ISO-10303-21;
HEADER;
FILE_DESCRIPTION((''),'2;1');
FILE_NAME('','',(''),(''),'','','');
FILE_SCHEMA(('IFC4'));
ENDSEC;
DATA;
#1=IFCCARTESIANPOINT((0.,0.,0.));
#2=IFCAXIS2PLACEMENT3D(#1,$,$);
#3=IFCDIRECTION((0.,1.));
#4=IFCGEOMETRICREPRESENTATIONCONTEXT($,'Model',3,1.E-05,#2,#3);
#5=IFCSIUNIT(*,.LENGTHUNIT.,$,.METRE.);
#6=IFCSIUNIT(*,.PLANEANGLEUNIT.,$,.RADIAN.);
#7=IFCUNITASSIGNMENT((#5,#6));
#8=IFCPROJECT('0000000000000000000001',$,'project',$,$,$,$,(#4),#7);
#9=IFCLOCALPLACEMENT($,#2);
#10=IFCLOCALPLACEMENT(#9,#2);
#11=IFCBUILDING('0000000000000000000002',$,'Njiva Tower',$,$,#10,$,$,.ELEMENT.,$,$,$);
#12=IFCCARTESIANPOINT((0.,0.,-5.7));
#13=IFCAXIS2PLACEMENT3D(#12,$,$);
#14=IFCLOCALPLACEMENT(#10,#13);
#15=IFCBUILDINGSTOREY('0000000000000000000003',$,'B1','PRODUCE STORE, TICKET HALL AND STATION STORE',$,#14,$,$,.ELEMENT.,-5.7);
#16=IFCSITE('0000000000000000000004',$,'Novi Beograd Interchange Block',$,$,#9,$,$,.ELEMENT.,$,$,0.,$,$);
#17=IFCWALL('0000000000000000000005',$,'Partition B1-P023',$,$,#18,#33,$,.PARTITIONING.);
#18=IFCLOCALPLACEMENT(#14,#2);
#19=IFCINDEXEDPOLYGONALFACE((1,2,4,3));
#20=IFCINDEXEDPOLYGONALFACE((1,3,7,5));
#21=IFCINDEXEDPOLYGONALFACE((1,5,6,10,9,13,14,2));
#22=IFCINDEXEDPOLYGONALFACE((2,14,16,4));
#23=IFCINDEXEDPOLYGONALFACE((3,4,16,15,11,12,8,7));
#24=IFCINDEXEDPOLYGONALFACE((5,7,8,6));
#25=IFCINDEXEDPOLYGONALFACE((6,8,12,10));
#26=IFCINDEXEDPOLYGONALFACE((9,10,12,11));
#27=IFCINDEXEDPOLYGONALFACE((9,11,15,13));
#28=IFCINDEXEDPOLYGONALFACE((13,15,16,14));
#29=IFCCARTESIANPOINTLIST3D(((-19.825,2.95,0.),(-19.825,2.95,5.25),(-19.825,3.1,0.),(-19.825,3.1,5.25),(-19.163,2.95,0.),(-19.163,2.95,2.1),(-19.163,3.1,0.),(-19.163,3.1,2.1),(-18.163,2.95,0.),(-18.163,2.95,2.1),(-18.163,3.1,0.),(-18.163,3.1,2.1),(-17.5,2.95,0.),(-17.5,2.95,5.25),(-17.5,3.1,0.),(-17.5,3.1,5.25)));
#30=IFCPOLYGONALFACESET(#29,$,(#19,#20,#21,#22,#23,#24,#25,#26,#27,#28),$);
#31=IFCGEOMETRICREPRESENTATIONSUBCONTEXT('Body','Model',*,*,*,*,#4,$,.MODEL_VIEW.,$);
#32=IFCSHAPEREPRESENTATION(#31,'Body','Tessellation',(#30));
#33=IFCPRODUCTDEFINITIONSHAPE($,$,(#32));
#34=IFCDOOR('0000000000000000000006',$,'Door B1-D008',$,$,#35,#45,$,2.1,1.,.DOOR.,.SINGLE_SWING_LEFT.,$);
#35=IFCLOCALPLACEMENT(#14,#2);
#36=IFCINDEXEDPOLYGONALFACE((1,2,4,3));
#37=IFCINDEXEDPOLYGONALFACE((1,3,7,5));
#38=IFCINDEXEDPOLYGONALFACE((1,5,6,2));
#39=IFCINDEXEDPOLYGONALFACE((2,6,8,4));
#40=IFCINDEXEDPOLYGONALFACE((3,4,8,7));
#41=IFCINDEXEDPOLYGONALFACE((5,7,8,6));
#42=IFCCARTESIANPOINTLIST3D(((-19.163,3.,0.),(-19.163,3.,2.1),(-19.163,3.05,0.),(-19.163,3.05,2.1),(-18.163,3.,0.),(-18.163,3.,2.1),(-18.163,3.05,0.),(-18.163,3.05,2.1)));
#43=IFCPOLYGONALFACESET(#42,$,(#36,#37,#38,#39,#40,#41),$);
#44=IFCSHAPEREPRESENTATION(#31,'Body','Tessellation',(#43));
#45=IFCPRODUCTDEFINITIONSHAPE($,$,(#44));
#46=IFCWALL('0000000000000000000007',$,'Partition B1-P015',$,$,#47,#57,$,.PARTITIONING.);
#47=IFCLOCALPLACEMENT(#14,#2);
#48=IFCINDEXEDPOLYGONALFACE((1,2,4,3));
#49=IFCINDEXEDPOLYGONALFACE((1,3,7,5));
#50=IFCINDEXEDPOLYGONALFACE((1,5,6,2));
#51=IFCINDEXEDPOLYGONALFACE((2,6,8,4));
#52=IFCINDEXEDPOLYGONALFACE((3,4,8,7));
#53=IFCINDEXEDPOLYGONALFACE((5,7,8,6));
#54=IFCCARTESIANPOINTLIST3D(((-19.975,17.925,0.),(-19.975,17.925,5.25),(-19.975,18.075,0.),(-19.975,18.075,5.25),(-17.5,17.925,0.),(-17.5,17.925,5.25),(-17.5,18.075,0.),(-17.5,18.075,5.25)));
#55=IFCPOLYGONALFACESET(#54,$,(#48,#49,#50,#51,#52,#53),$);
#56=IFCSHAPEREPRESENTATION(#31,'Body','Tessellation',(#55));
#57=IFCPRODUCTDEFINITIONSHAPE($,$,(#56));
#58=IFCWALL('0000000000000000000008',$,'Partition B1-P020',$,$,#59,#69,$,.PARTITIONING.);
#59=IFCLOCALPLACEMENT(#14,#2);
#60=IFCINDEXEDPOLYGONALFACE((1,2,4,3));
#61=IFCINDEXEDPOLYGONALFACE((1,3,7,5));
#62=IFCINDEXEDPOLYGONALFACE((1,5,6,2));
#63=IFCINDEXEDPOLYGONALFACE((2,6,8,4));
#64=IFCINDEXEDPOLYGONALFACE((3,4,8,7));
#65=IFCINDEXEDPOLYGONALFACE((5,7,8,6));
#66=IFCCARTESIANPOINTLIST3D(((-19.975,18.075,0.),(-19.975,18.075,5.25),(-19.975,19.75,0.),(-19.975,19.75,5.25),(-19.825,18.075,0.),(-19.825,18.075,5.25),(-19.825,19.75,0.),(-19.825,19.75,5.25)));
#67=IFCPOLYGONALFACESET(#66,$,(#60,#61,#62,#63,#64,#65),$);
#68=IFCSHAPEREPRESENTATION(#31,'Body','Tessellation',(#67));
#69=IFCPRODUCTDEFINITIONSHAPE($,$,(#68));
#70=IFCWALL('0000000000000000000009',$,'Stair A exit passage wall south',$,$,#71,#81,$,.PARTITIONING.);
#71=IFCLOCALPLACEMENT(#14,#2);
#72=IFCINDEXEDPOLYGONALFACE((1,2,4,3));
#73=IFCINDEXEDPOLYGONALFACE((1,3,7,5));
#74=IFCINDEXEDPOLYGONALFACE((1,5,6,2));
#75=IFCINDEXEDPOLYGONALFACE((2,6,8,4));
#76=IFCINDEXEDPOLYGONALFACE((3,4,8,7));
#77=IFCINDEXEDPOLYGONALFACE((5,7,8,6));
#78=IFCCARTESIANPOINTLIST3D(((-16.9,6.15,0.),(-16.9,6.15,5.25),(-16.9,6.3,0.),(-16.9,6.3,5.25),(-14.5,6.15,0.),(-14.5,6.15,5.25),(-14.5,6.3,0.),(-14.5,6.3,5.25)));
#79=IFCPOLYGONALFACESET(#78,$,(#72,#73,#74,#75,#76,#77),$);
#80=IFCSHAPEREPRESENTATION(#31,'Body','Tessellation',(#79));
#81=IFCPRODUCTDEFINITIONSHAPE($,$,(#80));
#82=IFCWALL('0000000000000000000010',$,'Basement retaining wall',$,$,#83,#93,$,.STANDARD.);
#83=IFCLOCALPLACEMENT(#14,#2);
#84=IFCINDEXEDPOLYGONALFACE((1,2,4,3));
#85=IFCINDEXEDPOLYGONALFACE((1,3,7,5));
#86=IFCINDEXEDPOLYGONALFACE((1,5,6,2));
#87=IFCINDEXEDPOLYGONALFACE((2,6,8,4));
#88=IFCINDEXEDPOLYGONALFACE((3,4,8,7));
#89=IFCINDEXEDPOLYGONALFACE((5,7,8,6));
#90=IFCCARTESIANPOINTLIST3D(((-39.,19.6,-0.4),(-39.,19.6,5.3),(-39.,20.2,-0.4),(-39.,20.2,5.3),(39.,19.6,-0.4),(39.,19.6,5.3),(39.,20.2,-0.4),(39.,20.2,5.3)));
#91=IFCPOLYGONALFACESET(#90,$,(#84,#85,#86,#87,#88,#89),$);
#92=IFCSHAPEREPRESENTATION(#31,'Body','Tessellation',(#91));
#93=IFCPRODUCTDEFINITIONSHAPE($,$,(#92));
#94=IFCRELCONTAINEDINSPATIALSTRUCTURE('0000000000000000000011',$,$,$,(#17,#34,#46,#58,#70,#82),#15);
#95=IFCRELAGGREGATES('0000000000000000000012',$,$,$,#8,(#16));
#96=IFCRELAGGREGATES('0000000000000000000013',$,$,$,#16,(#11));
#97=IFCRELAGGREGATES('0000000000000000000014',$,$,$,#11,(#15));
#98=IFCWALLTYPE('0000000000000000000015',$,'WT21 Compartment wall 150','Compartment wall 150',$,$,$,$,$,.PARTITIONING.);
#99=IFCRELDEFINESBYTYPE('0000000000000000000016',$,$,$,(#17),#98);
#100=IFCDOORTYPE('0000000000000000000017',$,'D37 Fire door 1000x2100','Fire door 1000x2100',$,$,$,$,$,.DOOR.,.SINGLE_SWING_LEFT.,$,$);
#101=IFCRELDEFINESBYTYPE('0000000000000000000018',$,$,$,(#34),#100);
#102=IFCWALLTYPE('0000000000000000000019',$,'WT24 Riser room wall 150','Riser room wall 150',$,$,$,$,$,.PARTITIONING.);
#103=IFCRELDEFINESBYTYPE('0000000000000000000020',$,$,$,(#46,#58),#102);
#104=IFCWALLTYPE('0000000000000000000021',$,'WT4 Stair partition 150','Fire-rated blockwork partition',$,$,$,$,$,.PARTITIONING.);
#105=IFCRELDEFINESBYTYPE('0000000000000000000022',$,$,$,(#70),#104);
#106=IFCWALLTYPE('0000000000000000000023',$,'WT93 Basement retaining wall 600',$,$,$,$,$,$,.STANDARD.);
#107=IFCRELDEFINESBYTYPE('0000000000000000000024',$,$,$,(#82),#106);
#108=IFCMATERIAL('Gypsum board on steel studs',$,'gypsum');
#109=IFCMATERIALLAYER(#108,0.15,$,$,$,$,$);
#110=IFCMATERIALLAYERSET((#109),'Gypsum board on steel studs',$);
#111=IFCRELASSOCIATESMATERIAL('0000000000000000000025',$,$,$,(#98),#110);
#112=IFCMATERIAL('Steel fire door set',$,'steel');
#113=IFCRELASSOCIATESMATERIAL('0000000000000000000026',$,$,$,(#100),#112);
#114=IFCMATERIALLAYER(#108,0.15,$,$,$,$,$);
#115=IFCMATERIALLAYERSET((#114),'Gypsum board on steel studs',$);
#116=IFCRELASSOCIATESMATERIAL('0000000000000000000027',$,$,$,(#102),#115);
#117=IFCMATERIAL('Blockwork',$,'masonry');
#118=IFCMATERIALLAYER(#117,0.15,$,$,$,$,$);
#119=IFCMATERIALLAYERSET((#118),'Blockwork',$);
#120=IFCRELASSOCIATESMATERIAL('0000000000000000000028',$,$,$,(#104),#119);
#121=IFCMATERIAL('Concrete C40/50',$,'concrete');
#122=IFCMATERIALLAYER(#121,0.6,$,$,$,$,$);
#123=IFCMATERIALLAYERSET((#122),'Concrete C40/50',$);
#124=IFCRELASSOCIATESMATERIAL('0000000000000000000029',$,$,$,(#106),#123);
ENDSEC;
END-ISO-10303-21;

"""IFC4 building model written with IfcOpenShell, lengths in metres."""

from ifc_helpers import new_model, si_unit, direction, frame, frame_2d, origin, place, context, subcontext, project, spatial, rectangle, extrude, material, layer, layer_set, type_object, element, fill, save


model = new_model("IFC4")

# Units and contexts
model_context = context("Model", 3, precision=1e-05, world=origin(), true_north=direction((0.0, 1.0)))
body_context = subcontext(model_context, "Body", "Model", "MODEL_VIEW")
ifc_project = project(units=[si_unit("LENGTHUNIT", "METRE"), si_unit("PLANEANGLEUNIT", "RADIAN")], contexts=[model_context])

# Site, building, storey
site_placement = place(None, origin())
site = spatial("IfcSite", under=ifc_project, at=site_placement, Name="Novi Beograd Interchange Block", CompositionType="ELEMENT", RefElevation=0.0)
building_placement = place(site_placement, origin())
building = spatial("IfcBuilding", under=site, at=building_placement, Name="Njiva Tower", CompositionType="ELEMENT")
storey_placement = place(building_placement, frame((0.0, 0.0, -5.7)))
storey = spatial("IfcBuildingStorey", under=building, at=storey_placement, Name="B1", Description="PRODUCE STORE, TICKET HALL AND STATION STORE", CompositionType="ELEMENT", Elevation=-5.7)

# Shared definitions
ifc_material_1 = material(Name="Blockwork", Category="masonry")

# Shared definitions
ifc_material_2 = material(Name="Gypsum board on steel studs", Category="gypsum")
ifc_layer_1 = layer(ifc_material_2, 0.15)
ifc_layer_set_1 = layer_set([ifc_layer_1], Name="Gypsum board on steel studs")
wall_type_1 = type_object("IfcWallType", Name="WT21 Compartment wall 150", Description="Compartment wall 150", PredefinedType="PARTITIONING", material=ifc_layer_set_1)

# Wall, opening, door
ifc_material_3 = material(Name="Steel fire door set", Category="steel")
wall_1_placement = place(storey_placement, frame((-19.825, 3.025, 0.0), z_axis=(0.0, 0.0, 1.0), x_axis=(1.0, 0.0, 0.0)))
wall_1 = element("IfcWall", 1, at=wall_1_placement, inside=storey, type_object=wall_type_1, Name="Partition B1-P023", PredefinedType="PARTITIONING", context=body_context, shape_type="SweptSolid", body=[
    extrude(rectangle(XDim=2.325, YDim=0.15, at=frame_2d((1.1625, 0.0))), origin(), (0.0, 0.0, 1.0), 5.25),
])
opening_1_placement = place(wall_1_placement, frame((0.662, 0.0, 0.0)))
opening_1 = element("IfcOpeningElement", 2, at=opening_1_placement, cuts=wall_1, PredefinedType="OPENING", context=body_context, shape_type="SweptSolid", body=[
    extrude(rectangle(XDim=1.0, YDim=2.1, at=frame_2d((0.5, 1.05))), frame((0.0, 0.085, 0.0), z_axis=(0.0, -1.0, 0.0), x_axis=(1.0, 0.0, 0.0)), (0.0, 0.0, 1.0), 0.17),
])
door_type_1 = type_object("IfcDoorType", Name="D37 Fire door 1000x2100", Description="Fire door 1000x2100", OperationType="SINGLE_SWING_LEFT", PredefinedType="DOOR", material=ifc_material_3)
door_1_placement = place(opening_1_placement, origin())
door_1 = element("IfcDoor", 3, at=door_1_placement, inside=storey, type_object=door_type_1, Name="Door B1-D008", OperationType="SINGLE_SWING_LEFT", OverallHeight=2.1, OverallWidth=1.0, PredefinedType="DOOR", context=body_context, shape_type="SweptSolid", body=[
    extrude(rectangle(XDim=1.0, YDim=2.1, at=frame_2d((0.5, 1.05))), frame((0.0, 0.025, 0.0), z_axis=(0.0, -1.0, 0.0), x_axis=(1.0, 0.0, 0.0)), (0.0, 0.0, 1.0), 0.05),
])
fill(opening_1, door_1)

# Walls
ifc_layer_2 = layer(ifc_material_2, 0.15)
ifc_layer_set_2 = layer_set([ifc_layer_2], Name="Gypsum board on steel studs")
wall_type_2 = type_object("IfcWallType", Name="WT24 Riser room wall 150", Description="Riser room wall 150", PredefinedType="PARTITIONING", material=ifc_layer_set_2)
wall_2_placement = place(storey_placement, frame((-19.975, 18.0, 0.0), z_axis=(0.0, 0.0, 1.0), x_axis=(1.0, 0.0, 0.0)))
element("IfcWall", 4, at=wall_2_placement, inside=storey, type_object=wall_type_2, Name="Partition B1-P015", PredefinedType="PARTITIONING", context=body_context, shape_type="SweptSolid", body=[
    extrude(rectangle(XDim=2.475, YDim=0.15, at=frame_2d((1.2375, 0.0))), origin(), (0.0, 0.0, 1.0), 5.25),
])
wall_3_placement = place(storey_placement, frame((-19.9, 18.075, 0.0), z_axis=(0.0, 0.0, 1.0), x_axis=(0.0, 1.0, 0.0)))
element("IfcWall", 5, at=wall_3_placement, inside=storey, type_object=wall_type_2, Name="Partition B1-P020", PredefinedType="PARTITIONING", context=body_context, shape_type="SweptSolid", body=[
    extrude(rectangle(XDim=1.675, YDim=0.15, at=frame_2d((0.8375, 0.0))), origin(), (0.0, 0.0, 1.0), 5.25),
])
ifc_layer_3 = layer(ifc_material_1, 0.15)
ifc_layer_set_3 = layer_set([ifc_layer_3], Name="Blockwork")
wall_type_3 = type_object("IfcWallType", Name="WT4 Stair partition 150", Description="Fire-rated blockwork partition", PredefinedType="PARTITIONING", material=ifc_layer_set_3)
wall_4_placement = place(storey_placement, frame((-16.9, 6.225, 0.0), z_axis=(0.0, 0.0, 1.0), x_axis=(1.0, 0.0, 0.0)))
element("IfcWall", 6, at=wall_4_placement, inside=storey, type_object=wall_type_3, Name="Stair A exit passage wall south", PredefinedType="PARTITIONING", context=body_context, shape_type="SweptSolid", body=[
    extrude(rectangle(XDim=2.4, YDim=0.15, at=frame_2d((1.2, 0.0))), origin(), (0.0, 0.0, 1.0), 5.25),
])
ifc_material_4 = material(Name="Concrete C40/50", Category="concrete")
ifc_layer_4 = layer(ifc_material_4, 0.6)
ifc_layer_set_4 = layer_set([ifc_layer_4], Name="Concrete C40/50")
wall_type_4 = type_object("IfcWallType", Name="WT93 Basement retaining wall 600", PredefinedType="STANDARD", material=ifc_layer_set_4)
wall_5_placement = place(storey_placement, frame((-39.0, 19.9, -0.4), z_axis=(0.0, 0.0, 1.0), x_axis=(1.0, 0.0, 0.0)))
element("IfcWall", 7, at=wall_5_placement, inside=storey, type_object=wall_type_4, Name="Basement retaining wall", PredefinedType="STANDARD", context=body_context, shape_type="SweptSolid", body=[
    extrude(rectangle(XDim=78.0, YDim=0.6, at=frame_2d((39.0, 0.0))), origin(), (0.0, 0.0, 1.0), 5.7),
])

save(model, "model.ifc")
